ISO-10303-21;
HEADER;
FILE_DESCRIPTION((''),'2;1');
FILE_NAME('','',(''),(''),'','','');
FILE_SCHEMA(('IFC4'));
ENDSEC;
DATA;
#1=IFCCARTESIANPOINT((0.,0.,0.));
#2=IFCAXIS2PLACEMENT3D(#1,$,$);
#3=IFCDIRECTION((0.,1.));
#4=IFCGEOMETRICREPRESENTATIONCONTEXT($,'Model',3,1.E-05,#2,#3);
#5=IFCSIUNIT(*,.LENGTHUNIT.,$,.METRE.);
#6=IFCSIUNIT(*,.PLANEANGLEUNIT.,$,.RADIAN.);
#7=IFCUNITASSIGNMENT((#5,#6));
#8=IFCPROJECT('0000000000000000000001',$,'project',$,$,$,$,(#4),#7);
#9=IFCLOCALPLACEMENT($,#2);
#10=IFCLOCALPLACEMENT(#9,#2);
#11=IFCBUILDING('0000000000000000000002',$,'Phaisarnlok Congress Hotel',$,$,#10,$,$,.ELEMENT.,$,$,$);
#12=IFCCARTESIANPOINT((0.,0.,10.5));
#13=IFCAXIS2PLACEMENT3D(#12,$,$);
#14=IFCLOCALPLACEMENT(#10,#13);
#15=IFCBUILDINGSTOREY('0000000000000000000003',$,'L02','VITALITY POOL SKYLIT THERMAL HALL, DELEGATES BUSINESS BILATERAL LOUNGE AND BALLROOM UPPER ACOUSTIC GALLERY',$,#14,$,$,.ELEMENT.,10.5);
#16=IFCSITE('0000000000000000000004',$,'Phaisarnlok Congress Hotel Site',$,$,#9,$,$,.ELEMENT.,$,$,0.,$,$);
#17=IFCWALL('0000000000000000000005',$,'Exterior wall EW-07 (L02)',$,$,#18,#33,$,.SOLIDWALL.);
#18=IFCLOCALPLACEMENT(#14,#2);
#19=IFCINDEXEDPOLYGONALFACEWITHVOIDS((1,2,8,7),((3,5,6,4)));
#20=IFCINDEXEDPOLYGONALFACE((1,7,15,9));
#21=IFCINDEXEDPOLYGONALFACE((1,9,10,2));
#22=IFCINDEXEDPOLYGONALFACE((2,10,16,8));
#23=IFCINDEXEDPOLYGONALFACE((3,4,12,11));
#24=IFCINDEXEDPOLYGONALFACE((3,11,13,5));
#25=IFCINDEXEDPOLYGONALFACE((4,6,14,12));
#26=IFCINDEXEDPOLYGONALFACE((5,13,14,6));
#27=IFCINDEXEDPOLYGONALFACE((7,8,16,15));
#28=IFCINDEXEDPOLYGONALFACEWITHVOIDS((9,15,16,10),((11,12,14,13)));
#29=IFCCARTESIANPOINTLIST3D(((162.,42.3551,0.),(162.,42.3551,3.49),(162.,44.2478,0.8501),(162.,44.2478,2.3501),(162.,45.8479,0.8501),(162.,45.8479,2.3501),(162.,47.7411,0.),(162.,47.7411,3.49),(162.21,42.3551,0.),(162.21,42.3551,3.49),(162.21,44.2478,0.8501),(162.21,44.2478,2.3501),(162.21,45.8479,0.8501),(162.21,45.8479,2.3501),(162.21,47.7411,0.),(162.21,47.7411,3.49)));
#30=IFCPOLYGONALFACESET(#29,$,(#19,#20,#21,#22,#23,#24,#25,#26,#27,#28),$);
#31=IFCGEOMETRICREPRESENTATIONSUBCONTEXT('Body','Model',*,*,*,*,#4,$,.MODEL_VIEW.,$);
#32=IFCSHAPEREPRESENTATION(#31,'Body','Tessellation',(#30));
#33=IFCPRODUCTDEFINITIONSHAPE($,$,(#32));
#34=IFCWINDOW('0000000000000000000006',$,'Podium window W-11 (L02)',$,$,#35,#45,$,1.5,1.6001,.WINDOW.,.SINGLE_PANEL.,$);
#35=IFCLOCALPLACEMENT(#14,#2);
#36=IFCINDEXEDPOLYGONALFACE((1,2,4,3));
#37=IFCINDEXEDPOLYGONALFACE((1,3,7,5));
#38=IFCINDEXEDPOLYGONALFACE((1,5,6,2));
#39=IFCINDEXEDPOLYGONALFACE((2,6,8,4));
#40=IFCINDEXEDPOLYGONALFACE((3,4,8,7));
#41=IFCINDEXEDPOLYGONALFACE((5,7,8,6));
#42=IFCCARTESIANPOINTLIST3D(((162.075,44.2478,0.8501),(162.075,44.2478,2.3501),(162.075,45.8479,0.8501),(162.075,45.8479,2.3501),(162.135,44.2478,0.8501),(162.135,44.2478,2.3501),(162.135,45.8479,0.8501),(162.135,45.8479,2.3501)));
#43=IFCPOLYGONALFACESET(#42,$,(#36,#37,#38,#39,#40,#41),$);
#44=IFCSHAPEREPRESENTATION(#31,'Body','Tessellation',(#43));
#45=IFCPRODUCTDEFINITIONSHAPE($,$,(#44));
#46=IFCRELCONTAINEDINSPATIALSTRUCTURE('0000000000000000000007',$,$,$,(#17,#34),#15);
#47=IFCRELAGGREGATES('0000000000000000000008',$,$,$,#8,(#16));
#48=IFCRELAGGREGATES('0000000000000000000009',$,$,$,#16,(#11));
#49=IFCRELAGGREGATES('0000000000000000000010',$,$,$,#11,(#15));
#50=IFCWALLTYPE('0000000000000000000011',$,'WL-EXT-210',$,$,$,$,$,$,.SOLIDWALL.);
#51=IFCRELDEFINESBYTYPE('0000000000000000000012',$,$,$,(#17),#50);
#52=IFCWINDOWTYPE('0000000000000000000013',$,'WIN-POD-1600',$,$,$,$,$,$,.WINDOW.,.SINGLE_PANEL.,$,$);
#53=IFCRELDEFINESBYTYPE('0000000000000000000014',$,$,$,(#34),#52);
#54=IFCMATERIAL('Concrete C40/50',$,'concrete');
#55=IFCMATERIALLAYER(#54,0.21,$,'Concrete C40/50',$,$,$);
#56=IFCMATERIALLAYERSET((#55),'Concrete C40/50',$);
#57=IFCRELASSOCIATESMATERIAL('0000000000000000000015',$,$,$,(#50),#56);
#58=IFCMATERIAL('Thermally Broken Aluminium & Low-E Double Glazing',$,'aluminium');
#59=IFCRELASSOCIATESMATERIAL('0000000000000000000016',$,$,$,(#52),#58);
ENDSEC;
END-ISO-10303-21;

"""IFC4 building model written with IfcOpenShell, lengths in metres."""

from ifc_helpers import new_model, si_unit, direction, frame, frame_2d, origin, place, context, subcontext, project, spatial, rectangle, extrude, material, layer, layer_set, type_object, element, fill, save


model = new_model("IFC4")

# Units and contexts
model_context = context("Model", 3, precision=1e-05, world=origin(), true_north=direction((0.0, 1.0)))
body_context = subcontext(model_context, "Body", "Model", "MODEL_VIEW")
ifc_project = project(units=[si_unit("LENGTHUNIT", "METRE"), si_unit("PLANEANGLEUNIT", "RADIAN")], contexts=[model_context])

# Site, building, storey
site_placement = place(None, origin())
site = spatial("IfcSite", under=ifc_project, at=site_placement, Name="Phaisarnlok Congress Hotel Site", CompositionType="ELEMENT", RefElevation=0.0)
building_placement = place(site_placement, origin())
building = spatial("IfcBuilding", under=site, at=building_placement, Name="Phaisarnlok Congress Hotel", CompositionType="ELEMENT")
storey_placement = place(building_placement, frame((0.0, 0.0, 10.5)))
storey = spatial("IfcBuildingStorey", under=building, at=storey_placement, Name="L02", Description="VITALITY POOL SKYLIT THERMAL HALL, DELEGATES BUSINESS BILATERAL LOUNGE AND BALLROOM UPPER ACOUSTIC GALLERY", CompositionType="ELEMENT", Elevation=10.5)

# Shared definitions
ifc_material_1 = material(Name="Concrete C40/50", Category="concrete")

# Wall, opening, window
ifc_layer_1 = layer(ifc_material_1, 0.21, Name="Concrete C40/50")
ifc_layer_set_1 = layer_set([ifc_layer_1], Name="Concrete C40/50")
wall_type = type_object("IfcWallType", Name="WL-EXT-210", PredefinedType="SOLIDWALL", material=ifc_layer_set_1)
wall_placement = place(storey_placement, frame((162.105, 47.741, 0.0), z_axis=(0.0, 0.0, 1.0), x_axis=(0.0, -1.0, 0.0)))
wall = element("IfcWall", 1, at=wall_placement, inside=storey, type_object=wall_type, Name="Exterior wall EW-07 (L02)", PredefinedType="SOLIDWALL", context=body_context, shape_type="SweptSolid", body=[
    extrude(rectangle(XDim=5.386, YDim=0.21, at=frame_2d((2.6929, 0.0))), origin(), (0.0, 0.0, 1.0), 3.49),
])
opening_placement = place(wall_placement, frame((1.8931, 0.0, 0.8501)))
opening = element("IfcOpeningElement", 2, at=opening_placement, cuts=wall, PredefinedType="OPENING", context=body_context, shape_type="SweptSolid", body=[
    extrude(rectangle(XDim=1.6001, YDim=1.5, at=frame_2d((0.8, 0.75))), frame((0.0, 0.115, 0.0), z_axis=(0.0, -1.0, 0.0), x_axis=(1.0, 0.0, 0.0)), (0.0, 0.0, 1.0), 0.23),
])
ifc_material_2 = material(Name="Thermally Broken Aluminium & Low-E Double Glazing", Category="aluminium")
window_type = type_object("IfcWindowType", Name="WIN-POD-1600", PartitioningType="SINGLE_PANEL", PredefinedType="WINDOW", material=ifc_material_2)
window_placement = place(opening_placement, origin())
window = element("IfcWindow", 3, at=window_placement, inside=storey, type_object=window_type, Name="Podium window W-11 (L02)", OverallHeight=1.5, OverallWidth=1.6001, PartitioningType="SINGLE_PANEL", PredefinedType="WINDOW", context=body_context, shape_type="SweptSolid", body=[
    extrude(rectangle(XDim=1.6001, YDim=1.5, at=frame_2d((0.8, 0.75))), frame((0.0, 0.03, 0.0), z_axis=(0.0, -1.0, 0.0), x_axis=(1.0, 0.0, 0.0)), (0.0, 0.0, 1.0), 0.0601),
])
fill(opening, window)

save(model, "model.ifc")
